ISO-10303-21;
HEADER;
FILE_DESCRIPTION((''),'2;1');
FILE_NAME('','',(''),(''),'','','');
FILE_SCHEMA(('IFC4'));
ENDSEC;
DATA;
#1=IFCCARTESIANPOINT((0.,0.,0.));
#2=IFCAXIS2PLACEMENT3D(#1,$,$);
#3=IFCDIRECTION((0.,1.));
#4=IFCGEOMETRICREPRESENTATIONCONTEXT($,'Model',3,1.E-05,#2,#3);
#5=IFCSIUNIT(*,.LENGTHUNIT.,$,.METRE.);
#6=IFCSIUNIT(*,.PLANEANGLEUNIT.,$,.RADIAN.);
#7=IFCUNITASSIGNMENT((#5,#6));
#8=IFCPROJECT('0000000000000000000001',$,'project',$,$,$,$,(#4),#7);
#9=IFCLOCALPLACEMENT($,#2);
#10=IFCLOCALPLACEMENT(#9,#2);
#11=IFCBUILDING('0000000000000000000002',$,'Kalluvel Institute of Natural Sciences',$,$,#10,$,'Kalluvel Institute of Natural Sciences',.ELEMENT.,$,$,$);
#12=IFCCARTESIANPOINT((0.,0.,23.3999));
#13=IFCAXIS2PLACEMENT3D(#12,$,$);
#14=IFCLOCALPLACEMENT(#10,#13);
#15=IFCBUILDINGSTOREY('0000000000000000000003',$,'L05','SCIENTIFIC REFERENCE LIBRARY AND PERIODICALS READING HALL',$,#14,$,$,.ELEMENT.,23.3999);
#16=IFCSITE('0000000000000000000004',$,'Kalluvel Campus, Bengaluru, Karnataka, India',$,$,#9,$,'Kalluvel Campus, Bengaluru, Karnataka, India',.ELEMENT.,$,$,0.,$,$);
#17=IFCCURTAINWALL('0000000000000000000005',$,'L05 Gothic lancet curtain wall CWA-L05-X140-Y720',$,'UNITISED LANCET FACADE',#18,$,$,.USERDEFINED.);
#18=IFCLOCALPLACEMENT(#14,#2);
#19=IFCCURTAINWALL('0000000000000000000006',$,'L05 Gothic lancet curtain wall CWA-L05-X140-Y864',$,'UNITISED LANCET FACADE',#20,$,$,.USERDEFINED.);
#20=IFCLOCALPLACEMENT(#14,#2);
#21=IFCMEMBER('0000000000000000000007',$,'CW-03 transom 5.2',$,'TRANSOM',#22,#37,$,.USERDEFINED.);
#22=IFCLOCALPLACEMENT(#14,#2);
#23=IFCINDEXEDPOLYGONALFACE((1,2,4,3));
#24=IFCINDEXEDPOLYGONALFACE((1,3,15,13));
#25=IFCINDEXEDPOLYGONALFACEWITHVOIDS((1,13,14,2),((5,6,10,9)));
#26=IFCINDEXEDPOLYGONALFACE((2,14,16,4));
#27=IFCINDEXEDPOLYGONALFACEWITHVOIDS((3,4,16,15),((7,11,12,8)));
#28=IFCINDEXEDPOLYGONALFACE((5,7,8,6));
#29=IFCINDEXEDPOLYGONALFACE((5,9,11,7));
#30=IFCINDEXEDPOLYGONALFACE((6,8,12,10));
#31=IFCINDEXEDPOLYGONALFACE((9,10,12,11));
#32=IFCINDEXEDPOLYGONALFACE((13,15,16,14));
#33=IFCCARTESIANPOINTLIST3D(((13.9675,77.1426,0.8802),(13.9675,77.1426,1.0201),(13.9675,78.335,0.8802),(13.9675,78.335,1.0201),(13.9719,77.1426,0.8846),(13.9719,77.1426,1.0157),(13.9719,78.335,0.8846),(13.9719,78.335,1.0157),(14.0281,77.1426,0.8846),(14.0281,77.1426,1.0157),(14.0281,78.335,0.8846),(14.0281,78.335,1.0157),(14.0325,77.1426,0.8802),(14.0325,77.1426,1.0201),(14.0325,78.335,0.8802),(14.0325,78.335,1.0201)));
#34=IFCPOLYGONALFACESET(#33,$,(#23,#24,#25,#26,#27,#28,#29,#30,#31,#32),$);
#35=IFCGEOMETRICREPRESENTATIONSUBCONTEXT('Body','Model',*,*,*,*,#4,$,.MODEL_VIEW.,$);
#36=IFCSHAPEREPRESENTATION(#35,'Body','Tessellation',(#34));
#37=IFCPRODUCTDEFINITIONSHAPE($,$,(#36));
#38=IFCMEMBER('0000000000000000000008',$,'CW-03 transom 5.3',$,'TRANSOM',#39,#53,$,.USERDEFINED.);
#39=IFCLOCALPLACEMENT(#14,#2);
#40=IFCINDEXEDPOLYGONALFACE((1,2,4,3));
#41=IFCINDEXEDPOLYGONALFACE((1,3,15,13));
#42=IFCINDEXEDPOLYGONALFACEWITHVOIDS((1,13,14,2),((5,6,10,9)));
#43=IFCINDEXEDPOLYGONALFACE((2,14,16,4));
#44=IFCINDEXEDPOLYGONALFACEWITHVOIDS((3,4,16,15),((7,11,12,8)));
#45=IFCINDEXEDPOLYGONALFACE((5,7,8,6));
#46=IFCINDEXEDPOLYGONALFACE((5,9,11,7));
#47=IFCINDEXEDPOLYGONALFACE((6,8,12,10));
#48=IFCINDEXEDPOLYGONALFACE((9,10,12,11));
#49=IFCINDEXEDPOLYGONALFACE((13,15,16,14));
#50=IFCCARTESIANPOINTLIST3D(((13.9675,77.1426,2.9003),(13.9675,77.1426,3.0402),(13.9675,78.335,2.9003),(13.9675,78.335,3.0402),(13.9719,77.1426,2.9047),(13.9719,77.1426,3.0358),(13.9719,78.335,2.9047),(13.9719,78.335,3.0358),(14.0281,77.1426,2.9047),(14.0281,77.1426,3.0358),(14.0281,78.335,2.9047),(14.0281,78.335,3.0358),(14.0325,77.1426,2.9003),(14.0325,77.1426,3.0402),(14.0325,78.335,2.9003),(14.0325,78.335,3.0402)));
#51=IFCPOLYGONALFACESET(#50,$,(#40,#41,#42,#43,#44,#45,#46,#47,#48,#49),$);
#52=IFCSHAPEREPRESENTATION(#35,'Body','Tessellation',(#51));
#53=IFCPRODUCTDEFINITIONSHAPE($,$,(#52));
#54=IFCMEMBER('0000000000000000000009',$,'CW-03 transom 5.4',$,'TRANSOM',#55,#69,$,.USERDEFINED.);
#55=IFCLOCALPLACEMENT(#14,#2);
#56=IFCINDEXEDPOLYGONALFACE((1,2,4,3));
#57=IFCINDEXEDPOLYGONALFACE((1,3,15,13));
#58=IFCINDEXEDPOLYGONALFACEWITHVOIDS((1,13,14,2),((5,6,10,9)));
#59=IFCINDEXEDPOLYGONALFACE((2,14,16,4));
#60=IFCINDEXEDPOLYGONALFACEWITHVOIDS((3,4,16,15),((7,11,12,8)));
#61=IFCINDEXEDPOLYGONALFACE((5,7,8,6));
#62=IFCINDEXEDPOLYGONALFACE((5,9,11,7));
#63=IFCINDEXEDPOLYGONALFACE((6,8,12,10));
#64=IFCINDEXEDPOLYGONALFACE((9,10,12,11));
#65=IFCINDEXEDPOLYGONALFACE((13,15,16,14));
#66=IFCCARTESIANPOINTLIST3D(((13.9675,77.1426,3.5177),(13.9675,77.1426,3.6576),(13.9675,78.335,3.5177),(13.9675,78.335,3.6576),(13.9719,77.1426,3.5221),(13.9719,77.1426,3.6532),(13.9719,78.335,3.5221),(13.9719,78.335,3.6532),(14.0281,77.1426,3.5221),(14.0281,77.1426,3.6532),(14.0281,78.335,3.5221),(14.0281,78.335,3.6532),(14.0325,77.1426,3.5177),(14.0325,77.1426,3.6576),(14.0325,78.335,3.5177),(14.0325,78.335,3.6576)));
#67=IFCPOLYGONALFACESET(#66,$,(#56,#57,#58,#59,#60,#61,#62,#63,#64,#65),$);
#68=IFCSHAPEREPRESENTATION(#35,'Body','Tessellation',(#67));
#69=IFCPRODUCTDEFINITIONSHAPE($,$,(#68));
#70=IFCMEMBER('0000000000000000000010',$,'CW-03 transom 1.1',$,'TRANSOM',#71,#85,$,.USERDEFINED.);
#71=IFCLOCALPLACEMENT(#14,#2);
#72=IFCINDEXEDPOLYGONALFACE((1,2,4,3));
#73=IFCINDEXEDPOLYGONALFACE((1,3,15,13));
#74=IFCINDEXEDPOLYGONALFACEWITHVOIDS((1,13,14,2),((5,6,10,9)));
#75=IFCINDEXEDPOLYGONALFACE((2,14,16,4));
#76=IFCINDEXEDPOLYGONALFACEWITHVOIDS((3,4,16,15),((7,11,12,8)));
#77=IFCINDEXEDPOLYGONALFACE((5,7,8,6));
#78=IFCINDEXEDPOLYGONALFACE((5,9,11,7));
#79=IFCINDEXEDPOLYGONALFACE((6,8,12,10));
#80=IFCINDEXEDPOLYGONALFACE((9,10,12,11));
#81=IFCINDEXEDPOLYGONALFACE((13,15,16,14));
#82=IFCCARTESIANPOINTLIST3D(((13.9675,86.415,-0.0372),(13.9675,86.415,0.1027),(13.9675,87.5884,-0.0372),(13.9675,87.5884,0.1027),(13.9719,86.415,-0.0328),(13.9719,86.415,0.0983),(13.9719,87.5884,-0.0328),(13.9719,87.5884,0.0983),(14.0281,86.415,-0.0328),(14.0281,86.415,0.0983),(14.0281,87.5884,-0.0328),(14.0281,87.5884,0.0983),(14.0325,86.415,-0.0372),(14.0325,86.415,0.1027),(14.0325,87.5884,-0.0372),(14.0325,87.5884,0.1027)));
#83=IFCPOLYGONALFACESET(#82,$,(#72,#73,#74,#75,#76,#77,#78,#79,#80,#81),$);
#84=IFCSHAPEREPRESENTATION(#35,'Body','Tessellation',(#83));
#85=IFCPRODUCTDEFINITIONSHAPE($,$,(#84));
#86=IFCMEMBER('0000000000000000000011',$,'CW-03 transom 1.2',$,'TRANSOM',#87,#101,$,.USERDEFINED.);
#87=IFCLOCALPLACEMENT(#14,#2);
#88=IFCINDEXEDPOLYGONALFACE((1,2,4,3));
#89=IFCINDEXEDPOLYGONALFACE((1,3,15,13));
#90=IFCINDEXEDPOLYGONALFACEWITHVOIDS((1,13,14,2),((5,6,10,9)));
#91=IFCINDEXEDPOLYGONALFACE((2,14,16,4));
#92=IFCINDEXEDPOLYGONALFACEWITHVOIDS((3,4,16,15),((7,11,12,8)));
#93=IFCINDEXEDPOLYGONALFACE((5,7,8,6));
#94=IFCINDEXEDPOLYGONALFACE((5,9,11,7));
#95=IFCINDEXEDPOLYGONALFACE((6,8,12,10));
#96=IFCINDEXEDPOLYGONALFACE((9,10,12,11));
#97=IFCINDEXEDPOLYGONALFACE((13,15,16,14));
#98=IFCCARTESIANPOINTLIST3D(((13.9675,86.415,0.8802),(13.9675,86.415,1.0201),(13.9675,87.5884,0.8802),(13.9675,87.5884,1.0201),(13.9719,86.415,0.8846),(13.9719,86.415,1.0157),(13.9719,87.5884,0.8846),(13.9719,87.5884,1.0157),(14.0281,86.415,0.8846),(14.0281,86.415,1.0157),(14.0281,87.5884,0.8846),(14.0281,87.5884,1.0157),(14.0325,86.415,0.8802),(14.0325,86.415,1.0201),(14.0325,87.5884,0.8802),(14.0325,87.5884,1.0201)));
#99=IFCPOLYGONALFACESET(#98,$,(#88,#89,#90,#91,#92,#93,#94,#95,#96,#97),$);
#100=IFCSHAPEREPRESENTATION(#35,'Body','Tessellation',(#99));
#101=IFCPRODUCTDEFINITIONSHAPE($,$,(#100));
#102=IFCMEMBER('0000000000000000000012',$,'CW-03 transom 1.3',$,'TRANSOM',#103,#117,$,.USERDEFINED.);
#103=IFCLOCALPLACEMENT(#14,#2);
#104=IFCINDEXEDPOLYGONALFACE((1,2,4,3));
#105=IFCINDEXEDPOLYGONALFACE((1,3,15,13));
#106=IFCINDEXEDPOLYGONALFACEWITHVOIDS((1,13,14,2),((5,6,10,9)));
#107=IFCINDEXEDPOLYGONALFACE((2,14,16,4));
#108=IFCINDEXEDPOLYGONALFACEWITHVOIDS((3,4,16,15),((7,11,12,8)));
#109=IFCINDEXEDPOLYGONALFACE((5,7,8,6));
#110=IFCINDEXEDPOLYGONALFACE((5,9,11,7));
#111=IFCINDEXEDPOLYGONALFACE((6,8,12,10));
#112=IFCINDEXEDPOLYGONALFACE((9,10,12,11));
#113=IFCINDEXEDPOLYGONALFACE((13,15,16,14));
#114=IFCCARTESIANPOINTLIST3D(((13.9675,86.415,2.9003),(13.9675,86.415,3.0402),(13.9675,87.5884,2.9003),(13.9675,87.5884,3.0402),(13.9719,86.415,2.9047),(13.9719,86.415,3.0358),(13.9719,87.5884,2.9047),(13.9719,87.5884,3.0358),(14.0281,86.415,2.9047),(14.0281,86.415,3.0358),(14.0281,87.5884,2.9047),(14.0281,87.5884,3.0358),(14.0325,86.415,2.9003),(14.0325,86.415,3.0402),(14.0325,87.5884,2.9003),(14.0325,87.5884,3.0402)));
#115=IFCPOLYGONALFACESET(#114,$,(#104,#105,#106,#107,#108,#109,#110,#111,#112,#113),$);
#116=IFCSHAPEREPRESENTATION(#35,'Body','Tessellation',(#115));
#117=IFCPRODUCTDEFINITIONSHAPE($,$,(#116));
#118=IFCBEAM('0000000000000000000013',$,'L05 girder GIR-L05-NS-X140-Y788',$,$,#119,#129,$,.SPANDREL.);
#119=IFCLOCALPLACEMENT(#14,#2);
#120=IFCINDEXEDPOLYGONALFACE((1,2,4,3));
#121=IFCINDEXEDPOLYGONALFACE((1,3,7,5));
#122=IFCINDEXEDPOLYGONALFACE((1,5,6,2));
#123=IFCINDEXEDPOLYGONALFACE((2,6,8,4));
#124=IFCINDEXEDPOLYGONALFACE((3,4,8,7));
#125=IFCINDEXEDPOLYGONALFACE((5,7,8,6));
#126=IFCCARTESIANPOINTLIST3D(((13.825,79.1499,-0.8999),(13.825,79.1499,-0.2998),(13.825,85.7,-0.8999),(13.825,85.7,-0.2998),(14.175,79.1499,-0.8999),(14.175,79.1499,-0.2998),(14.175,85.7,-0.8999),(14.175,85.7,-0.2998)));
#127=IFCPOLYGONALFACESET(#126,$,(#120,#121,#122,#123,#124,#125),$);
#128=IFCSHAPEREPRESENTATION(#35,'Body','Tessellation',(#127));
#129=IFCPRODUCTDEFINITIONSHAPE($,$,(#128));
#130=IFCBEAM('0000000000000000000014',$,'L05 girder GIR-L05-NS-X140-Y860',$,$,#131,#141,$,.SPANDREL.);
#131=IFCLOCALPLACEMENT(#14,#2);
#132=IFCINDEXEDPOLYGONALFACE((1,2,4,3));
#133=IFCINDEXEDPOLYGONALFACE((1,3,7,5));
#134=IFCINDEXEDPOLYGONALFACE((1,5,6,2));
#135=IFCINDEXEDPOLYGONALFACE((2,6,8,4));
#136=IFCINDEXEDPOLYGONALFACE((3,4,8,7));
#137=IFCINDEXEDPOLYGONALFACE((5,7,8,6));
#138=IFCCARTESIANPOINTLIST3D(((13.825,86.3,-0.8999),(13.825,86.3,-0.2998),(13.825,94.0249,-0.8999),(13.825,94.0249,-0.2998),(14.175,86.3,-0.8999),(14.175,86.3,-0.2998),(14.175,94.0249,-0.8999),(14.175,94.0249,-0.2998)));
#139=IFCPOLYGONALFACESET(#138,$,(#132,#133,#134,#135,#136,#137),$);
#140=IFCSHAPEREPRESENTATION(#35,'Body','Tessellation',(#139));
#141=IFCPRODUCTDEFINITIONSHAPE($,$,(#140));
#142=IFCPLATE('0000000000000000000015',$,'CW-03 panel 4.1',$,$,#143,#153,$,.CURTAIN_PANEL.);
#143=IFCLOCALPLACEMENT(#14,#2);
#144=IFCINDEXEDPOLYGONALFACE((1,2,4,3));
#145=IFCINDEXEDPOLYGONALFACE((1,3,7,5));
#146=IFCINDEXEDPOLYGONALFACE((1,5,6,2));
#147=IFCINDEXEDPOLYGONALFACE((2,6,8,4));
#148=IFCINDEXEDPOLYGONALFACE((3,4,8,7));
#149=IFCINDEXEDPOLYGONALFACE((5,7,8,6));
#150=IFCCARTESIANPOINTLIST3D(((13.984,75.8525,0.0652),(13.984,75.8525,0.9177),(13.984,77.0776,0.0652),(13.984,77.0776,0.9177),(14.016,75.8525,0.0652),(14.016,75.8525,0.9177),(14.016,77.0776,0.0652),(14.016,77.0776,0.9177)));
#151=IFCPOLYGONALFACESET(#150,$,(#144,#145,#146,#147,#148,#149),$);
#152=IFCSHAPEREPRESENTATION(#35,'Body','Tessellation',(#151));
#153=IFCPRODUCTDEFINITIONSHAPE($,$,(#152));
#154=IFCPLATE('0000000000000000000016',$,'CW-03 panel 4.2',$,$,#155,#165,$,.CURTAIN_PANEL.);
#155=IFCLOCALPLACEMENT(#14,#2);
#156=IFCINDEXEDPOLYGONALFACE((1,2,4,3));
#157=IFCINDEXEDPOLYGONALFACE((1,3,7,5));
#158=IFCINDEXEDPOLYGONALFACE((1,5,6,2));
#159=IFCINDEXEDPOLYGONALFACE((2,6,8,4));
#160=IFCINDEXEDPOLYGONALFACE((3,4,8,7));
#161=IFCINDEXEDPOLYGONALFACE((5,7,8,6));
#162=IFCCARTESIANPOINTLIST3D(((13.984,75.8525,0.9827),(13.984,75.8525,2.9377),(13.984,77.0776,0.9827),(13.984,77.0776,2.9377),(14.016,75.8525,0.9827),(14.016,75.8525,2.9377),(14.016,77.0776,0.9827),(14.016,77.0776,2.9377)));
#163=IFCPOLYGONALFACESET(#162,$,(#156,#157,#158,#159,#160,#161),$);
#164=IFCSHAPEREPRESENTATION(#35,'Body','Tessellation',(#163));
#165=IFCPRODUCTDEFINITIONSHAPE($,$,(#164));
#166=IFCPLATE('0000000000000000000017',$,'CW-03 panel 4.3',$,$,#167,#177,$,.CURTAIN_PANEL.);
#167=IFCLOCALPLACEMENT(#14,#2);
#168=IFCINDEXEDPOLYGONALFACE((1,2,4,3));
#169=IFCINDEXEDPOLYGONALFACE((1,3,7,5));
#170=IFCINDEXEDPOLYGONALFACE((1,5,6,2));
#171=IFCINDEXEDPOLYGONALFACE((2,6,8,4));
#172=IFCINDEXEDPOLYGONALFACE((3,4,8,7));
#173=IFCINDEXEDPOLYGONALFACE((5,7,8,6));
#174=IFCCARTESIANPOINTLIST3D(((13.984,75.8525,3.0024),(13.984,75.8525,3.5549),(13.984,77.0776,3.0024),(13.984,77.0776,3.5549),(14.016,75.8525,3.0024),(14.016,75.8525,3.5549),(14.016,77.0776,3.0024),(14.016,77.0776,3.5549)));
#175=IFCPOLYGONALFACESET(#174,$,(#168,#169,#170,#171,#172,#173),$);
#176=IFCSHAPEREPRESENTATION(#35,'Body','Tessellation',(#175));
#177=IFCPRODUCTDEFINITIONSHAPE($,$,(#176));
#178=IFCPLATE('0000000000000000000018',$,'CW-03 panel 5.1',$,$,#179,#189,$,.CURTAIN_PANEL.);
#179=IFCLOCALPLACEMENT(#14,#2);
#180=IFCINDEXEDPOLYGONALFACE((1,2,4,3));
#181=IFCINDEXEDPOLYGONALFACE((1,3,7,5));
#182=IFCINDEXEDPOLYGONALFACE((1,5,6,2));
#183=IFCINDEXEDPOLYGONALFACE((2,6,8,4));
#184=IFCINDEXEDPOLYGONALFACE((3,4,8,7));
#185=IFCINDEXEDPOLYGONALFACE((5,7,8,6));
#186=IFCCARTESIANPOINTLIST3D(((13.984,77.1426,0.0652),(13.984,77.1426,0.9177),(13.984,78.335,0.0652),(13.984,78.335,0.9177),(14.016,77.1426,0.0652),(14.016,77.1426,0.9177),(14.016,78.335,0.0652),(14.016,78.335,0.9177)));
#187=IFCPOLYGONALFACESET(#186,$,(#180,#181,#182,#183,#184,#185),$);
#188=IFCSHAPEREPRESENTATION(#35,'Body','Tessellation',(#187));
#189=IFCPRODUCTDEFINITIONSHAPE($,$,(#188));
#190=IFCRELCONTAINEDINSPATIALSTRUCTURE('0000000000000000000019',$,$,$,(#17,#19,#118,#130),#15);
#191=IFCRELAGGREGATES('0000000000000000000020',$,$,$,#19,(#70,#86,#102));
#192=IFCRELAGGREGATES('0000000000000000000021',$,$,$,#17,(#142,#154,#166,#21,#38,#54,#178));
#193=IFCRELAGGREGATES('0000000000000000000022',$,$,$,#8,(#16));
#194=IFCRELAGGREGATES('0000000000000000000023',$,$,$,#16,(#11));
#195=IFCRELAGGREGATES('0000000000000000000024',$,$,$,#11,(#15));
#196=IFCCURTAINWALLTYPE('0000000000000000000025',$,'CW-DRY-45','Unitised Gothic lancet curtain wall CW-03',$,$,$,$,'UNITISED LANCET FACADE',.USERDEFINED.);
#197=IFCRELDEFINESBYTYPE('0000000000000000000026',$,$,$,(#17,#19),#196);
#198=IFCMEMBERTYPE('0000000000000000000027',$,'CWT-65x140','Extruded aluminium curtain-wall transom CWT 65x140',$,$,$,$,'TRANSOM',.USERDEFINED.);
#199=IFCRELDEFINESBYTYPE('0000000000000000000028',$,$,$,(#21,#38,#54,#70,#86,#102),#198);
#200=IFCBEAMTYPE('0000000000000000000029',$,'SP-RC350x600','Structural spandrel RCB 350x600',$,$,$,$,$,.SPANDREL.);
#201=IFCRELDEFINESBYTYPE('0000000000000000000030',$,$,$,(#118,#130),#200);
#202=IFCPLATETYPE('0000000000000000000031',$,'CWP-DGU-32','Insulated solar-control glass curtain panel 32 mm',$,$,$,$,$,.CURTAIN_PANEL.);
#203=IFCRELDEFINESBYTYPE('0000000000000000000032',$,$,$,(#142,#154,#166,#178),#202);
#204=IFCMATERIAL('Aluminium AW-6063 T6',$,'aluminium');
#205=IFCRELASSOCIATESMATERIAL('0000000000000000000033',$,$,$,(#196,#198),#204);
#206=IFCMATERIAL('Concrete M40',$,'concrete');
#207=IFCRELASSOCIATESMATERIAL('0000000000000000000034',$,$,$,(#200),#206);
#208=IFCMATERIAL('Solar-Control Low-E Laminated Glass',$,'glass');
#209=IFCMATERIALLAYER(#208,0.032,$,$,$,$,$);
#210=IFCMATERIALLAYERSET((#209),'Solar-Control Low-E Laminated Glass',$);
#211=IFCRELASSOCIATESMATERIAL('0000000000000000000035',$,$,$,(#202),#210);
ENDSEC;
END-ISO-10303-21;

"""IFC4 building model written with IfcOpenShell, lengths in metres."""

from ifc_helpers import new_model, si_unit, direction, frame, origin, origin_2d, place, context, subcontext, project, spatial, rectangle, hollow_rectangle, extrude, material, layer, layer_set, material_profile, profile_set, type_object, element, aggregate, save


model = new_model("IFC4")

# Units and contexts
model_context = context("Model", 3, precision=1e-05, world=origin(), true_north=direction((0.0, 1.0)))
body_context = subcontext(model_context, "Body", "Model", "MODEL_VIEW")
ifc_project = project(units=[si_unit("LENGTHUNIT", "METRE"), si_unit("PLANEANGLEUNIT", "RADIAN")], contexts=[model_context])

# Site, building, storey
site_placement = place(None, origin())
site = spatial("IfcSite", under=ifc_project, at=site_placement, Name="Kalluvel Campus, Bengaluru, Karnataka, India", LongName="Kalluvel Campus, Bengaluru, Karnataka, India", CompositionType="ELEMENT", RefElevation=0.0)
building_placement = place(site_placement, origin())
building = spatial("IfcBuilding", under=site, at=building_placement, Name="Kalluvel Institute of Natural Sciences", LongName="Kalluvel Institute of Natural Sciences", CompositionType="ELEMENT")
storey_placement = place(building_placement, frame((0.0, 0.0, 23.3999)))
storey = spatial("IfcBuildingStorey", under=building, at=storey_placement, Name="L05", Description="SCIENTIFIC REFERENCE LIBRARY AND PERIODICALS READING HALL", CompositionType="ELEMENT", Elevation=23.3999)

# Shared definitions
ifc_material_1 = material(Name="Concrete M40", Category="concrete")

# Curtain wall
ifc_material_2 = material(Name="Aluminium AW-6063 T6", Category="aluminium")
curtain_wall_type = type_object("IfcCurtainWallType", Name="CW-DRY-45", Description="Unitised Gothic lancet curtain wall CW-03", ElementType="UNITISED LANCET FACADE", PredefinedType="USERDEFINED", material=ifc_material_2)
curtain_wall_1_placement = place(storey_placement, origin())
curtain_wall_1 = element("IfcCurtainWall", 1, at=curtain_wall_1_placement, inside=storey, type_object=curtain_wall_type, Name="L05 Gothic lancet curtain wall CWA-L05-X140-Y720", ObjectType="UNITISED LANCET FACADE", PredefinedType="USERDEFINED")

# Curtain wall
curtain_wall_2_placement = place(storey_placement, origin())
curtain_wall_2 = element("IfcCurtainWall", 2, at=curtain_wall_2_placement, inside=storey, type_object=curtain_wall_type, Name="L05 Gothic lancet curtain wall CWA-L05-X140-Y864", ObjectType="UNITISED LANCET FACADE", PredefinedType="USERDEFINED")

# Members
ifc_material_profile_1 = material_profile(ifc_material_2, hollow_rectangle(XDim=0.0649, YDim=0.1399, WallThickness=0.0044, at=origin_2d()), Name="CWT 65x140")
ifc_profile_set_1 = profile_set([ifc_material_profile_1], Name="Aluminium AW-6063 T6")
member_type_1 = type_object("IfcMemberType", Name="CWT-65x140", Description="Extruded aluminium curtain-wall transom CWT 65x140", ElementType="TRANSOM", PredefinedType="USERDEFINED", material=ifc_profile_set_1)
member_1_placement = place(storey_placement, frame((14.0, 77.1426, 0.9502), z_axis=(0.0, 1.0, 0.0), x_axis=(-1.0, 0.0, 0.0)))
member_1 = element("IfcMember", 3, at=member_1_placement, type_object=member_type_1, Name="CW-03 transom 5.2", ObjectType="TRANSOM", PredefinedType="USERDEFINED", context=body_context, shape_type="SweptSolid", body=[
    extrude(hollow_rectangle(XDim=0.0649, YDim=0.1399, WallThickness=0.0044, at=origin_2d()), origin(), (0.0, 0.0, 1.0), 1.1924),
])
member_2_placement = place(storey_placement, frame((14.0, 77.1426, 2.9702), z_axis=(0.0, 1.0, 0.0), x_axis=(-1.0, 0.0, 0.0)))
member_2 = element("IfcMember", 4, at=member_2_placement, type_object=member_type_1, Name="CW-03 transom 5.3", ObjectType="TRANSOM", PredefinedType="USERDEFINED", context=body_context, shape_type="SweptSolid", body=[
    extrude(hollow_rectangle(XDim=0.0649, YDim=0.1399, WallThickness=0.0044, at=origin_2d()), origin(), (0.0, 0.0, 1.0), 1.1924),
])
member_3_placement = place(storey_placement, frame((14.0, 77.1426, 3.5876), z_axis=(0.0, 1.0, 0.0), x_axis=(-1.0, 0.0, 0.0)))
member_3 = element("IfcMember", 5, at=member_3_placement, type_object=member_type_1, Name="CW-03 transom 5.4", ObjectType="TRANSOM", PredefinedType="USERDEFINED", context=body_context, shape_type="SweptSolid", body=[
    extrude(hollow_rectangle(XDim=0.0649, YDim=0.1399, WallThickness=0.0044, at=origin_2d()), origin(), (0.0, 0.0, 1.0), 1.1924),
])
member_4_placement = place(storey_placement, frame((14.0, 86.415, 0.0327), z_axis=(0.0, 1.0, 0.0), x_axis=(-1.0, 0.0, 0.0)))
member_4 = element("IfcMember", 6, at=member_4_placement, type_object=member_type_1, Name="CW-03 transom 1.1", ObjectType="TRANSOM", PredefinedType="USERDEFINED", context=body_context, shape_type="SweptSolid", body=[
    extrude(hollow_rectangle(XDim=0.0649, YDim=0.1399, WallThickness=0.0044, at=origin_2d()), origin(), (0.0, 0.0, 1.0), 1.1733),
])
member_5_placement = place(storey_placement, frame((14.0, 86.415, 0.9502), z_axis=(0.0, 1.0, 0.0), x_axis=(-1.0, 0.0, 0.0)))
member_5 = element("IfcMember", 7, at=member_5_placement, type_object=member_type_1, Name="CW-03 transom 1.2", ObjectType="TRANSOM", PredefinedType="USERDEFINED", context=body_context, shape_type="SweptSolid", body=[
    extrude(hollow_rectangle(XDim=0.0649, YDim=0.1399, WallThickness=0.0044, at=origin_2d()), origin(), (0.0, 0.0, 1.0), 1.1733),
])
member_6_placement = place(storey_placement, frame((14.0, 86.415, 2.9702), z_axis=(0.0, 1.0, 0.0), x_axis=(-1.0, 0.0, 0.0)))
member_6 = element("IfcMember", 8, at=member_6_placement, type_object=member_type_1, Name="CW-03 transom 1.3", ObjectType="TRANSOM", PredefinedType="USERDEFINED", context=body_context, shape_type="SweptSolid", body=[
    extrude(hollow_rectangle(XDim=0.0649, YDim=0.1399, WallThickness=0.0044, at=origin_2d()), origin(), (0.0, 0.0, 1.0), 1.1733),
])
aggregate(curtain_wall_2, [member_4, member_5, member_6])

# Beams
ifc_material_profile_2 = material_profile(ifc_material_1, rectangle(XDim=0.3501, YDim=0.6001, at=origin_2d()), Name="RCB 350x600")
ifc_profile_set_2 = profile_set([ifc_material_profile_2], Name="Concrete M40")
beam_type = type_object("IfcBeamType", Name="SP-RC350x600", Description="Structural spandrel RCB 350x600", PredefinedType="SPANDREL", material=ifc_profile_set_2)
beam_1_placement = place(storey_placement, frame((14.0, 79.1499, -0.5999), z_axis=(0.0, 1.0, 0.0), x_axis=(-1.0, 0.0, 0.0)))
element("IfcBeam", 9, at=beam_1_placement, inside=storey, type_object=beam_type, Name="L05 girder GIR-L05-NS-X140-Y788", PredefinedType="SPANDREL", context=body_context, shape_type="SweptSolid", body=[
    extrude(rectangle(XDim=0.3501, YDim=0.6001, at=origin_2d()), origin(), (0.0, 0.0, 1.0), 6.55),
])
beam_2_placement = place(storey_placement, frame((14.0, 86.3, -0.5999), z_axis=(0.0, 1.0, 0.0), x_axis=(-1.0, 0.0, 0.0)))
element("IfcBeam", 10, at=beam_2_placement, inside=storey, type_object=beam_type, Name="L05 girder GIR-L05-NS-X140-Y860", PredefinedType="SPANDREL", context=body_context, shape_type="SweptSolid", body=[
    extrude(rectangle(XDim=0.3501, YDim=0.6001, at=origin_2d()), origin(), (0.0, 0.0, 1.0), 7.7249),
])

# Plates
ifc_material_3 = material(Name="Solar-Control Low-E Laminated Glass", Category="glass")
ifc_layer_1 = layer(ifc_material_3, 0.032)
ifc_layer_set_1 = layer_set([ifc_layer_1], Name="Solar-Control Low-E Laminated Glass")
plate_type = type_object("IfcPlateType", Name="CWP-DGU-32", Description="Insulated solar-control glass curtain panel 32 mm", PredefinedType="CURTAIN_PANEL", material=ifc_layer_set_1)
plate_1_placement = place(storey_placement, frame((14.0, 76.4651, 0.0652), z_axis=(0.0, 0.0, 1.0), x_axis=(0.0, 1.0, 0.0)))
plate_1 = element("IfcPlate", 11, at=plate_1_placement, type_object=plate_type, Name="CW-03 panel 4.1", PredefinedType="CURTAIN_PANEL", context=body_context, shape_type="SweptSolid", body=[
    extrude(rectangle(XDim=1.2251, YDim=0.032, at=origin_2d()), origin(), (0.0, 0.0, 1.0), 0.8525),
])
plate_2_placement = place(storey_placement, frame((14.0, 76.4651, 0.9827), z_axis=(0.0, 0.0, 1.0), x_axis=(0.0, 1.0, 0.0)))
plate_2 = element("IfcPlate", 12, at=plate_2_placement, type_object=plate_type, Name="CW-03 panel 4.2", PredefinedType="CURTAIN_PANEL", context=body_context, shape_type="SweptSolid", body=[
    extrude(rectangle(XDim=1.2251, YDim=0.032, at=origin_2d()), origin(), (0.0, 0.0, 1.0), 1.9551),
])
plate_3_placement = place(storey_placement, frame((14.0, 76.4651, 3.0024), z_axis=(0.0, 0.0, 1.0), x_axis=(0.0, 1.0, 0.0)))
plate_3 = element("IfcPlate", 13, at=plate_3_placement, type_object=plate_type, Name="CW-03 panel 4.3", PredefinedType="CURTAIN_PANEL", context=body_context, shape_type="SweptSolid", body=[
    extrude(rectangle(XDim=1.2251, YDim=0.032, at=origin_2d()), origin(), (0.0, 0.0, 1.0), 0.5525),
])
plate_4_placement = place(storey_placement, frame((14.0, 77.7388, 0.0652), z_axis=(0.0, 0.0, 1.0), x_axis=(0.0, 1.0, 0.0)))
plate_4 = element("IfcPlate", 14, at=plate_4_placement, type_object=plate_type, Name="CW-03 panel 5.1", PredefinedType="CURTAIN_PANEL", context=body_context, shape_type="SweptSolid", body=[
    extrude(rectangle(XDim=1.1924, YDim=0.032, at=origin_2d()), origin(), (0.0, 0.0, 1.0), 0.8525),
])
aggregate(curtain_wall_1, [plate_1, plate_2, plate_3, member_1, member_2, member_3, plate_4])

save(model, "model.ifc")
